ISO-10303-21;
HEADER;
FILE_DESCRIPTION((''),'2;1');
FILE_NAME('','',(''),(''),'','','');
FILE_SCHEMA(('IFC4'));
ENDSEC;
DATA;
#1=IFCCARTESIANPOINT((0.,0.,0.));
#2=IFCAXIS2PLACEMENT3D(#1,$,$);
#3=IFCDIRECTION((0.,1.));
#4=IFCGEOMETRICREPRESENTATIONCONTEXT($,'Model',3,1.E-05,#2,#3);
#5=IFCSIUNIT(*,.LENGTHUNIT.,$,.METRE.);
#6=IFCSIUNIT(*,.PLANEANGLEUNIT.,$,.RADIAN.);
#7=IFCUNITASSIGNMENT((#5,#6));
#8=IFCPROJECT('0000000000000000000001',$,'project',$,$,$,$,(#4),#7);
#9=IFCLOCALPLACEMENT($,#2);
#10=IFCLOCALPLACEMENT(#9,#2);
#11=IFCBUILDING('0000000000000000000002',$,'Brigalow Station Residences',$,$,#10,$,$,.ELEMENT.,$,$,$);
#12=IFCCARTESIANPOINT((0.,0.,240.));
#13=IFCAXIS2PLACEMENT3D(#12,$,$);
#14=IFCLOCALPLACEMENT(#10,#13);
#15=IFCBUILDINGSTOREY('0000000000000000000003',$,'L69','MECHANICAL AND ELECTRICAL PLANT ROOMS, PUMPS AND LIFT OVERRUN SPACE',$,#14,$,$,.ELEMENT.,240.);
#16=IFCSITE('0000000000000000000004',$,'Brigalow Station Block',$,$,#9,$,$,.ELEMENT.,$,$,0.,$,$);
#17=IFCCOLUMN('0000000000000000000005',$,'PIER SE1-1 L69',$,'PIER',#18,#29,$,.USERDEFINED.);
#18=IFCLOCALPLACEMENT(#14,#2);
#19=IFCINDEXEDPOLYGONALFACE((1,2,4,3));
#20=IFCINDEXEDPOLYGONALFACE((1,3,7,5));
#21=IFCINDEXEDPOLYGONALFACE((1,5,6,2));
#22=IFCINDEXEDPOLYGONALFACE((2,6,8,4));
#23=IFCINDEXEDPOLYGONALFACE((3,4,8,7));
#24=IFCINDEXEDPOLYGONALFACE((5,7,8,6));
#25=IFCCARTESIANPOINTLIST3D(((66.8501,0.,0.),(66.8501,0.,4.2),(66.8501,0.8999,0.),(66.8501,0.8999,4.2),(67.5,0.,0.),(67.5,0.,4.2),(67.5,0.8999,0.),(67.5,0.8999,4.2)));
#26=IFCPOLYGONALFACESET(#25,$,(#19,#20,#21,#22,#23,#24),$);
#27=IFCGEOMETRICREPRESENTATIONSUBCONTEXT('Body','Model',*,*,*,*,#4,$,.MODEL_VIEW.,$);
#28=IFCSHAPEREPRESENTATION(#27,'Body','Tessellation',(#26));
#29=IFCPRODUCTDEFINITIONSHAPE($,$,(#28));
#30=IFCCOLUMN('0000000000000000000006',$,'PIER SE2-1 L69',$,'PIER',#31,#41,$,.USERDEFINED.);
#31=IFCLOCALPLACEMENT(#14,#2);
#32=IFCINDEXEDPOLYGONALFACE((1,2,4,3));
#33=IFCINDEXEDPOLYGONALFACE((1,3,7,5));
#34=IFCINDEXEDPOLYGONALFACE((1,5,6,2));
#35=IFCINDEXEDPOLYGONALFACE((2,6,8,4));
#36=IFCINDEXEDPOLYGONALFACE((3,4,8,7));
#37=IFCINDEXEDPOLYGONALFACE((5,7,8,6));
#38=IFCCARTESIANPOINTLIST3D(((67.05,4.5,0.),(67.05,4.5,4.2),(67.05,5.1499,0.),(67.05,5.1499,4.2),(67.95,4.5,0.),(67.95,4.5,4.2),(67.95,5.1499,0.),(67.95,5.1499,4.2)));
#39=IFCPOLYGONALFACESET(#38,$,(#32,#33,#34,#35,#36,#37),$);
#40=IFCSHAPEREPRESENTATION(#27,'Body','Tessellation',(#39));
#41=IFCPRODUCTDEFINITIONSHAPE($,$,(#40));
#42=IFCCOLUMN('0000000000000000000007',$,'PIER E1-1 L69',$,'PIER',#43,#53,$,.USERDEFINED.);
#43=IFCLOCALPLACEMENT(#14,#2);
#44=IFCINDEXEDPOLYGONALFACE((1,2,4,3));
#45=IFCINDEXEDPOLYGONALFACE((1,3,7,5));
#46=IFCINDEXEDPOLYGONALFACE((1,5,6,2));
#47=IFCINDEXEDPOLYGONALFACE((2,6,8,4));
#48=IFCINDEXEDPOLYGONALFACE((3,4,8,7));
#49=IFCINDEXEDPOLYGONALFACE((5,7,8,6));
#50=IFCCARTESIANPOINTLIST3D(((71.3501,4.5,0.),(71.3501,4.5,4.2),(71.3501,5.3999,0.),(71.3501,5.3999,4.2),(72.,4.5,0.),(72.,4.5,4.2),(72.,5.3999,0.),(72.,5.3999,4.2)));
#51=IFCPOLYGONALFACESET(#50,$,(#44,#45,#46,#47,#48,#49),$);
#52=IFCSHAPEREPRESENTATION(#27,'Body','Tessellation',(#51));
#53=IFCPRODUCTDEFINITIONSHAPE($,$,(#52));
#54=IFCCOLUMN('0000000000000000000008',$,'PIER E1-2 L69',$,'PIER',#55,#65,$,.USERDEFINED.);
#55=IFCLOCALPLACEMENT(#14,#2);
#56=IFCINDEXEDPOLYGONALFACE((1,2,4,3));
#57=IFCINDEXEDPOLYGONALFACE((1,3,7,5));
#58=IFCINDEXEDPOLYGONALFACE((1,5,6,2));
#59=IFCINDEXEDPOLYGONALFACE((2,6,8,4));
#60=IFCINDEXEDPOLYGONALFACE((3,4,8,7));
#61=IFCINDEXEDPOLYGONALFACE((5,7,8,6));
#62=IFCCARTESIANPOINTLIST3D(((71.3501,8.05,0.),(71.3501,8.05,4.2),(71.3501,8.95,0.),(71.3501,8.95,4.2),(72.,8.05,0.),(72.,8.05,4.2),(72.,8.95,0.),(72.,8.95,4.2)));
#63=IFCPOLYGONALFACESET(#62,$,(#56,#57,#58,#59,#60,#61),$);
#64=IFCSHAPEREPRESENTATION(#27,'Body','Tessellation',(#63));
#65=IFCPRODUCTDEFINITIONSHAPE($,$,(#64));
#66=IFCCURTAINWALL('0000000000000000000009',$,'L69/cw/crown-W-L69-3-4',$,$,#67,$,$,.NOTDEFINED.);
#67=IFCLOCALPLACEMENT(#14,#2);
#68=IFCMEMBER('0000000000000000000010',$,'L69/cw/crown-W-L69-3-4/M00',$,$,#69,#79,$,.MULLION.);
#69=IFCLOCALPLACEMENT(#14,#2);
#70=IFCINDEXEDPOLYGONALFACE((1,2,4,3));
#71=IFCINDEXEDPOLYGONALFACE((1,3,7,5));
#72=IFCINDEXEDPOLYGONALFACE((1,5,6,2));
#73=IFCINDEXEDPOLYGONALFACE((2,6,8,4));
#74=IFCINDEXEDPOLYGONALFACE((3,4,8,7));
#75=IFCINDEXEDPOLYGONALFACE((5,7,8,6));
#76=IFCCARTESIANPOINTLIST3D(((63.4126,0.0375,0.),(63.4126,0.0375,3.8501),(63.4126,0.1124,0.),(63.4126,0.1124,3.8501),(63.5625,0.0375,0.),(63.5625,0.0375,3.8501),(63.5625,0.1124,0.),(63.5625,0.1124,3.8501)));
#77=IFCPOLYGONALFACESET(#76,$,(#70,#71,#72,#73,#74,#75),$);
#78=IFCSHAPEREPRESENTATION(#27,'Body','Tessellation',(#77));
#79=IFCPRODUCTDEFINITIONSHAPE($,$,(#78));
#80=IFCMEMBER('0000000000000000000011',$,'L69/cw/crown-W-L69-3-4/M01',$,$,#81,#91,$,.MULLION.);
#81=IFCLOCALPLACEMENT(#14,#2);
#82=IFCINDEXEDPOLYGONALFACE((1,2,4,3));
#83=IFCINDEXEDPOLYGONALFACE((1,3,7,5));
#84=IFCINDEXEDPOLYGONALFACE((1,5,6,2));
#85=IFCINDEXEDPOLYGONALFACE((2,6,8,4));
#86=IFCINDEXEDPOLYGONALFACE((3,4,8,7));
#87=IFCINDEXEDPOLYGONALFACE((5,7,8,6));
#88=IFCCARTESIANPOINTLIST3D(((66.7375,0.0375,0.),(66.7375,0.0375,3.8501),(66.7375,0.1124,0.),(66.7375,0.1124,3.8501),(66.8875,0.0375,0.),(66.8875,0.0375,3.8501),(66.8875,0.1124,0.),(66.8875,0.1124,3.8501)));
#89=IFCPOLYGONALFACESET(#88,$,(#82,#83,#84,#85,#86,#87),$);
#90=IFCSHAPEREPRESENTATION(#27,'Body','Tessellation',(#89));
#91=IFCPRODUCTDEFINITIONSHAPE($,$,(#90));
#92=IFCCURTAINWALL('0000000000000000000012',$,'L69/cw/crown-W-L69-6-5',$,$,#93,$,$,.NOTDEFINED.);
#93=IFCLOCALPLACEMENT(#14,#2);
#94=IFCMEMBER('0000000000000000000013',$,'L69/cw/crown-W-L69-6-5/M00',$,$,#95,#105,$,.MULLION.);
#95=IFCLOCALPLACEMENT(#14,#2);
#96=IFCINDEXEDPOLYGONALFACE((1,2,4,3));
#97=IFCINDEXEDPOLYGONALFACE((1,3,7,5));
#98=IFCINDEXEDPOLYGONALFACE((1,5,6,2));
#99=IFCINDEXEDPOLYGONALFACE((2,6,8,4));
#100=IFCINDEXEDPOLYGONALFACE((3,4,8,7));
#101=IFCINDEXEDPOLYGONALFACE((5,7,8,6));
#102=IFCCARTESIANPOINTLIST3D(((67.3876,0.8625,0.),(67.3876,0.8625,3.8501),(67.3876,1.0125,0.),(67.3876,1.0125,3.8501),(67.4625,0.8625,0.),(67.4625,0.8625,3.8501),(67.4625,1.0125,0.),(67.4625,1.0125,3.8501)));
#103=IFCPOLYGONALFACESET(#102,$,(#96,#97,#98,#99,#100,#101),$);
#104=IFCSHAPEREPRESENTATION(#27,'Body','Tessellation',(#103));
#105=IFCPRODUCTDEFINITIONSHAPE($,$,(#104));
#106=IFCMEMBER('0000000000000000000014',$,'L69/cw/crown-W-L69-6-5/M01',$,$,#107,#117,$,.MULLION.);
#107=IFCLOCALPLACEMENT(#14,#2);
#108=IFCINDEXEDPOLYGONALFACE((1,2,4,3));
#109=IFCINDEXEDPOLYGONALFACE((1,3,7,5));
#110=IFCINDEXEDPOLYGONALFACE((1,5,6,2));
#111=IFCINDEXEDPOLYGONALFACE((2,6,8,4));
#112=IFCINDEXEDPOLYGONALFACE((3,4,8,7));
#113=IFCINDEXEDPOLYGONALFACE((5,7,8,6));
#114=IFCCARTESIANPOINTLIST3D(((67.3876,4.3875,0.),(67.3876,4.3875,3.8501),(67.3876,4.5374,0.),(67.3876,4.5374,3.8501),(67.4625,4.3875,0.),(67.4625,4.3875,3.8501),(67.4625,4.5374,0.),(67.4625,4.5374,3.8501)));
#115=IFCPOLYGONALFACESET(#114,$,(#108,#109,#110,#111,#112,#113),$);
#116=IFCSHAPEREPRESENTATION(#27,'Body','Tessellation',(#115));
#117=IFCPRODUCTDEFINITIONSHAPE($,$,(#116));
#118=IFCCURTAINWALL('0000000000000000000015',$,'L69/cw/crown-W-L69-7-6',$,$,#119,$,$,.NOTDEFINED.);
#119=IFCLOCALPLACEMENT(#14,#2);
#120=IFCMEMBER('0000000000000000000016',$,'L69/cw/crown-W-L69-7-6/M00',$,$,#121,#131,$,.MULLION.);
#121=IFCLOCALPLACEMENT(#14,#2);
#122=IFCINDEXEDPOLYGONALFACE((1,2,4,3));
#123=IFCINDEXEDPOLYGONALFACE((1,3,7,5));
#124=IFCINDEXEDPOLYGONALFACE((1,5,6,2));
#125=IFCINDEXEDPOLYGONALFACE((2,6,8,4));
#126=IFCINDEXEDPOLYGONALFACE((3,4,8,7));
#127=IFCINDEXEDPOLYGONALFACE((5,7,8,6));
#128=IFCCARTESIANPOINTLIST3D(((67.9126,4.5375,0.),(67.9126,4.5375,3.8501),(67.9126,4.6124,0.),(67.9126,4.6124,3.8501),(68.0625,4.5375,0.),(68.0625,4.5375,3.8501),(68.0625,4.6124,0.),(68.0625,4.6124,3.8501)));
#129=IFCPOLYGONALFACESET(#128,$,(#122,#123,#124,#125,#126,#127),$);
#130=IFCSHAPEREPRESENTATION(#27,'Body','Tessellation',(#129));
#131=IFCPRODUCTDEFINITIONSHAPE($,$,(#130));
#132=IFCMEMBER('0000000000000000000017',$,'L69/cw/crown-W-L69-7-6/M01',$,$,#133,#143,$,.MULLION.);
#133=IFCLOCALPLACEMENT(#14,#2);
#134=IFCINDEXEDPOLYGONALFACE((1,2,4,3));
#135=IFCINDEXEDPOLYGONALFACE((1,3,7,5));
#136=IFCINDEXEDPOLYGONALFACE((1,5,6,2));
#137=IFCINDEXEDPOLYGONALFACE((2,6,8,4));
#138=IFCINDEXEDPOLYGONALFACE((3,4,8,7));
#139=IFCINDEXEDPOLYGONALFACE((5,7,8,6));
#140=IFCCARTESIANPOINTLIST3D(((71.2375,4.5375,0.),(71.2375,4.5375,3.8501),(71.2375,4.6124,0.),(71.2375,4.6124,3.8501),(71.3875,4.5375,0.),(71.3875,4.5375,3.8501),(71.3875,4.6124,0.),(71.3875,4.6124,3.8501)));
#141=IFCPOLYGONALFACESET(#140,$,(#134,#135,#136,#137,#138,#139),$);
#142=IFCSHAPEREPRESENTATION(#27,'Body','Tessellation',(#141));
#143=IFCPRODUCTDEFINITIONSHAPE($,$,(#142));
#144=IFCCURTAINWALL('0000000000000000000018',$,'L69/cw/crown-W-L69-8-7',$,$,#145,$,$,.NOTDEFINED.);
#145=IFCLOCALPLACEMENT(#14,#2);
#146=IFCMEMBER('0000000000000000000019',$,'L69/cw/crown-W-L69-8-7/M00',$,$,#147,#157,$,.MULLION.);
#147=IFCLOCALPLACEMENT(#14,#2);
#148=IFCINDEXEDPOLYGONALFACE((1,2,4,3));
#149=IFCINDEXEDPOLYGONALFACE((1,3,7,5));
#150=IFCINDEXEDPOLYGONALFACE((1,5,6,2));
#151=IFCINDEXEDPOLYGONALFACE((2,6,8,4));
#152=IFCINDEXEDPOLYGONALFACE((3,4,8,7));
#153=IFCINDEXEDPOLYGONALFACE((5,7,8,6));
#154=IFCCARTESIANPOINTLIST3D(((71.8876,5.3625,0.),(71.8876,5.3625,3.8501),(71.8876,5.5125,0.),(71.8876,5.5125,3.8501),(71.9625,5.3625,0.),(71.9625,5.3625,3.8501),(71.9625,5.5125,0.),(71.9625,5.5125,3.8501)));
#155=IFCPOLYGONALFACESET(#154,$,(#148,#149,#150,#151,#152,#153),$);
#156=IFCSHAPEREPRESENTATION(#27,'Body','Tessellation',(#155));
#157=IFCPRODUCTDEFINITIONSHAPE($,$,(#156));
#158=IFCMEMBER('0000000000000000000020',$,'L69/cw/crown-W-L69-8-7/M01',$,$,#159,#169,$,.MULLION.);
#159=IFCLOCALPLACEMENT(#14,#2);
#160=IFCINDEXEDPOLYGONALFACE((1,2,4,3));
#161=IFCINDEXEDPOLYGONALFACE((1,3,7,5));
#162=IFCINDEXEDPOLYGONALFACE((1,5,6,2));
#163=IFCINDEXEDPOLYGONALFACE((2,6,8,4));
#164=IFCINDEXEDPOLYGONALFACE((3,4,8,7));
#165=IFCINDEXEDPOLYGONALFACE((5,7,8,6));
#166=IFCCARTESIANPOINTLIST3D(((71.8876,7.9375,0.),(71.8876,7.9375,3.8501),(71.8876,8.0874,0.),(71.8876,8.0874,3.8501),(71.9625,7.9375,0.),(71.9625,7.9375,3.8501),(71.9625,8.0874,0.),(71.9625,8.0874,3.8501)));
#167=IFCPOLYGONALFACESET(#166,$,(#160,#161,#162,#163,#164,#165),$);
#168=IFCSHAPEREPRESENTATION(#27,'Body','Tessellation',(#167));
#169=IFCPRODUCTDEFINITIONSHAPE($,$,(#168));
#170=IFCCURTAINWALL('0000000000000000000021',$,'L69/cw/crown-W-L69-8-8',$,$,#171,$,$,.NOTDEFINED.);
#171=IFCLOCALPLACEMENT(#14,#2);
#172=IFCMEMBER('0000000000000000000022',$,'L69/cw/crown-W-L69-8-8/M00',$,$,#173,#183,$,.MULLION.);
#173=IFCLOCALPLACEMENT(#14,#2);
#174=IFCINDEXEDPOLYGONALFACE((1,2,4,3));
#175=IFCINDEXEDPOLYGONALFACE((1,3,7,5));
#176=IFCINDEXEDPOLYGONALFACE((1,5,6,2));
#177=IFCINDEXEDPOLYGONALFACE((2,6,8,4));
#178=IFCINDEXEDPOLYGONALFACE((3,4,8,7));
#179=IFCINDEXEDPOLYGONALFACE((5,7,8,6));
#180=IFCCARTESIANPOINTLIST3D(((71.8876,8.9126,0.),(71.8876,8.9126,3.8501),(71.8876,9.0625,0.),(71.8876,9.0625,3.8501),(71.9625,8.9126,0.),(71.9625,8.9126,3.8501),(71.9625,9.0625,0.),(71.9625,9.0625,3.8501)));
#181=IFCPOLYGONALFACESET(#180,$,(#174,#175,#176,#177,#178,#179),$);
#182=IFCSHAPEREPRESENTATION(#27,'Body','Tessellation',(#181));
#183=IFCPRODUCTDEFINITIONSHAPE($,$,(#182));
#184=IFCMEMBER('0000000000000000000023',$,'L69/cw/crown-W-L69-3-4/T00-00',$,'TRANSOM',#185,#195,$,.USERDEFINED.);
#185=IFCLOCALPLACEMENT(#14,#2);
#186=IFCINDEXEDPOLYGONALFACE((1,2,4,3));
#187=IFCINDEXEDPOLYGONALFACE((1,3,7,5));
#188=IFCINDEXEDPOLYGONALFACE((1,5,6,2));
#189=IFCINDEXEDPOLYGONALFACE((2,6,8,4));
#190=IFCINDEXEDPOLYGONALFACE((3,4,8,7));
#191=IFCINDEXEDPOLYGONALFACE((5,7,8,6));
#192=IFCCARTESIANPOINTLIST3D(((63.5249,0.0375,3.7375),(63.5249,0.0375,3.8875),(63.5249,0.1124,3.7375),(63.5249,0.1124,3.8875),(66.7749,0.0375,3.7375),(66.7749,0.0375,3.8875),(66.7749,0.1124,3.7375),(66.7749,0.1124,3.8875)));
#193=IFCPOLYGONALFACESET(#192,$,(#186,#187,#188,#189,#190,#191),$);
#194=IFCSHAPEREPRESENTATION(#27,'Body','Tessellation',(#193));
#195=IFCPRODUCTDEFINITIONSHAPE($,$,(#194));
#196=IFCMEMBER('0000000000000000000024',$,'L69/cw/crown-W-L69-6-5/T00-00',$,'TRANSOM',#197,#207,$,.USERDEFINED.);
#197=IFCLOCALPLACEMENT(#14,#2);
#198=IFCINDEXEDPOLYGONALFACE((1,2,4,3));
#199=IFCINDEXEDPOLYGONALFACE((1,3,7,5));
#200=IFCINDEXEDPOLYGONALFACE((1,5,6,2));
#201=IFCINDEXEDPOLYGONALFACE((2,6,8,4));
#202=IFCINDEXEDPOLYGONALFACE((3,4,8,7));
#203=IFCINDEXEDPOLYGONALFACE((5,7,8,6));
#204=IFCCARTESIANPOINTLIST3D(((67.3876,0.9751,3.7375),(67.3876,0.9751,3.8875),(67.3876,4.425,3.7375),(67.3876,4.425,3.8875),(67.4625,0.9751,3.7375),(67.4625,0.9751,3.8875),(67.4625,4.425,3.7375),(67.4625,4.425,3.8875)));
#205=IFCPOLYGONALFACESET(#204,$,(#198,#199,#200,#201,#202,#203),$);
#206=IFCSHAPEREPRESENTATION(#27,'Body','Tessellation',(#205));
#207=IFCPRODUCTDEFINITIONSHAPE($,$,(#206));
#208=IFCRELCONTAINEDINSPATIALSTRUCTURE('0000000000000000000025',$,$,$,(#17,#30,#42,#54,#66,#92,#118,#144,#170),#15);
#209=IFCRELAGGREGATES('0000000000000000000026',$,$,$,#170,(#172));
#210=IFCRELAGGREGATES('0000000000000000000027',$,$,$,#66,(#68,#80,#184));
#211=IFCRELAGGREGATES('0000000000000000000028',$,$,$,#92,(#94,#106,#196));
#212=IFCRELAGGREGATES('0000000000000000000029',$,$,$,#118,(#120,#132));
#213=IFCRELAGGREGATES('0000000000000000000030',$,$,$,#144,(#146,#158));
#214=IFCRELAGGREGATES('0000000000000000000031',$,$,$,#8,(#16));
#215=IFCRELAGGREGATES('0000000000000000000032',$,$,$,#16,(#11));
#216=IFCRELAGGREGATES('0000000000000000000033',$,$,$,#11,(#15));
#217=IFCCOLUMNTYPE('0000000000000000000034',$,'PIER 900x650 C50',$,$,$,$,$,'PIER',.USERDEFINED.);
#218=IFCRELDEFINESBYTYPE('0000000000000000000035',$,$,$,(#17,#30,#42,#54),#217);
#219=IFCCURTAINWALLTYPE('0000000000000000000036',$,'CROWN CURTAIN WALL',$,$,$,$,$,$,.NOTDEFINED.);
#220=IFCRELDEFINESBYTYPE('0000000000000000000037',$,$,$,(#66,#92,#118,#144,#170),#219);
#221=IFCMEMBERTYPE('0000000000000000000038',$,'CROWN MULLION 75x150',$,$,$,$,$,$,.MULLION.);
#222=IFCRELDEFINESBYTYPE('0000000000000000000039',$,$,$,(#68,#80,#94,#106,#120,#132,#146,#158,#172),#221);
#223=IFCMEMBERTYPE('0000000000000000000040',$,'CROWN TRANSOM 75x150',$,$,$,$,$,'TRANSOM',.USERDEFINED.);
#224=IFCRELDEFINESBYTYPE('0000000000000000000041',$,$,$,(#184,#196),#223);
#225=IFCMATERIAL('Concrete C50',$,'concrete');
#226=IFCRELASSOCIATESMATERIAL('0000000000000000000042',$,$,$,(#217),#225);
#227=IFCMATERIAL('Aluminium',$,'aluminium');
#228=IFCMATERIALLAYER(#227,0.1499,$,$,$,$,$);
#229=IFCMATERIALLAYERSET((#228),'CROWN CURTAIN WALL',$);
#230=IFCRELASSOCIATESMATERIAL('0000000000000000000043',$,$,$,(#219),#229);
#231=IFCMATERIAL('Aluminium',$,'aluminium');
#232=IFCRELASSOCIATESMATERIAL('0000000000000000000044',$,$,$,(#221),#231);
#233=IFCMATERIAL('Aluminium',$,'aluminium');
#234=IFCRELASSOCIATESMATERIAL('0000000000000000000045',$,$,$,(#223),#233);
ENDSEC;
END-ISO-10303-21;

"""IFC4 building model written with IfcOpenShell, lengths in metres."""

from ifc_helpers import new_model, si_unit, direction, frame, origin, origin_2d, place, context, subcontext, project, spatial, rectangle, extrude, material, layer, layer_set, material_profile, profile_set, type_object, element, aggregate, save


model = new_model("IFC4")

# Units and contexts
model_context = context("Model", 3, precision=1e-05, world=origin(), true_north=direction((0.0, 1.0)))
body_context = subcontext(model_context, "Body", "Model", "MODEL_VIEW")
ifc_project = project(units=[si_unit("LENGTHUNIT", "METRE"), si_unit("PLANEANGLEUNIT", "RADIAN")], contexts=[model_context])

# Site, building, storey
site_placement = place(None, origin())
site = spatial("IfcSite", under=ifc_project, at=site_placement, Name="Brigalow Station Block", CompositionType="ELEMENT", RefElevation=0.0)
building_placement = place(site_placement, origin())
building = spatial("IfcBuilding", under=site, at=building_placement, Name="Brigalow Station Residences", CompositionType="ELEMENT")
storey_placement = place(building_placement, frame((0.0, 0.0, 240.0)))
storey = spatial("IfcBuildingStorey", under=building, at=storey_placement, Name="L69", Description="MECHANICAL AND ELECTRICAL PLANT ROOMS, PUMPS AND LIFT OVERRUN SPACE", CompositionType="ELEMENT", Elevation=240.0)

# Columns
ifc_material_1 = material(Name="Concrete C50", Category="concrete")
ifc_material_profile_1 = material_profile(ifc_material_1, rectangle(XDim=0.8999, YDim=0.6499, at=origin_2d()), Name="RC900x650")
ifc_profile_set_1 = profile_set([ifc_material_profile_1], Name="Concrete C50")
column_type = type_object("IfcColumnType", Name="PIER 900x650 C50", ElementType="PIER", PredefinedType="USERDEFINED", material=ifc_profile_set_1)
for number, where, z_axis, x_axis, name in (
    (1, (67.175, 0.45, 0.0), (0.0, 0.0, 1.0), (0.0, 1.0, 0.0), "PIER SE1-1 L69"),
    (2, (67.5, 4.825, 0.0), (0.0, 0.0, 1.0), (1.0, 0.0, 0.0), "PIER SE2-1 L69"),
    (3, (71.675, 4.95, 0.0), (0.0, 0.0, 1.0), (0.0, 1.0, 0.0), "PIER E1-1 L69"),
    (4, (71.675, 8.5, 0.0), (0.0, 0.0, 1.0), (0.0, 1.0, 0.0), "PIER E1-2 L69"),
):
    element("IfcColumn", number, at=place(storey_placement, frame(where, z_axis=z_axis, x_axis=x_axis)), inside=storey, type_object=column_type, Name=name, ObjectType="PIER", PredefinedType="USERDEFINED", context=body_context, shape_type="SweptSolid", body=[
        extrude(rectangle(XDim=0.8999, YDim=0.6499, at=origin_2d()), origin(), (0.0, 0.0, 1.0), 4.2),
    ])

# Curtain walls, members
ifc_material_2 = material(Name="Aluminium", Category="aluminium")
ifc_layer_1 = layer(ifc_material_2, 0.1499)
ifc_layer_set_1 = layer_set([ifc_layer_1], Name="CROWN CURTAIN WALL")
curtain_wall_type = type_object("IfcCurtainWallType", Name="CROWN CURTAIN WALL", PredefinedType="NOTDEFINED", material=ifc_layer_set_1)
curtain_wall_1_placement = place(storey_placement, origin())
curtain_wall_1 = element("IfcCurtainWall", 5, at=curtain_wall_1_placement, inside=storey, type_object=curtain_wall_type, Name="L69/cw/crown-W-L69-3-4", PredefinedType="NOTDEFINED")
ifc_material_3 = material(Name="Aluminium", Category="aluminium")
ifc_material_profile_2 = material_profile(ifc_material_3, rectangle(XDim=0.075, YDim=0.1499, at=origin_2d()), Name="CROWN MULLION 75x150")
ifc_profile_set_2 = profile_set([ifc_material_profile_2], Name="Aluminium")
member_type_1 = type_object("IfcMemberType", Name="CROWN MULLION 75x150", PredefinedType="MULLION", material=ifc_profile_set_2)
member_1_placement = place(storey_placement, frame((63.4875, 0.075, 0.0), z_axis=(0.0, 0.0, 1.0), x_axis=(0.0, 1.0, 0.0)))
member_1 = element("IfcMember", 6, at=member_1_placement, type_object=member_type_1, Name="L69/cw/crown-W-L69-3-4/M00", PredefinedType="MULLION", context=body_context, shape_type="SweptSolid", body=[
    extrude(rectangle(XDim=0.075, YDim=0.1499, at=origin_2d()), origin(), (0.0, 0.0, 1.0), 3.8501),
])
member_2_placement = place(storey_placement, frame((66.8125, 0.075, 0.0), z_axis=(0.0, 0.0, 1.0), x_axis=(0.0, 1.0, 0.0)))
member_2 = element("IfcMember", 7, at=member_2_placement, type_object=member_type_1, Name="L69/cw/crown-W-L69-3-4/M01", PredefinedType="MULLION", context=body_context, shape_type="SweptSolid", body=[
    extrude(rectangle(XDim=0.075, YDim=0.1499, at=origin_2d()), origin(), (0.0, 0.0, 1.0), 3.8501),
])
curtain_wall_2_placement = place(storey_placement, origin())
curtain_wall_2 = element("IfcCurtainWall", 8, at=curtain_wall_2_placement, inside=storey, type_object=curtain_wall_type, Name="L69/cw/crown-W-L69-6-5", PredefinedType="NOTDEFINED")
member_3_placement = place(storey_placement, frame((67.425, 0.9375, 0.0), z_axis=(0.0, 0.0, 1.0), x_axis=(-1.0, 0.0, 0.0)))
member_3 = element("IfcMember", 9, at=member_3_placement, type_object=member_type_1, Name="L69/cw/crown-W-L69-6-5/M00", PredefinedType="MULLION", context=body_context, shape_type="SweptSolid", body=[
    extrude(rectangle(XDim=0.075, YDim=0.1499, at=origin_2d()), origin(), (0.0, 0.0, 1.0), 3.8501),
])
member_4_placement = place(storey_placement, frame((67.425, 4.4624, 0.0), z_axis=(0.0, 0.0, 1.0), x_axis=(-1.0, 0.0, 0.0)))
member_4 = element("IfcMember", 10, at=member_4_placement, type_object=member_type_1, Name="L69/cw/crown-W-L69-6-5/M01", PredefinedType="MULLION", context=body_context, shape_type="SweptSolid", body=[
    extrude(rectangle(XDim=0.075, YDim=0.1499, at=origin_2d()), origin(), (0.0, 0.0, 1.0), 3.8501),
])
curtain_wall_3_placement = place(storey_placement, origin())
curtain_wall_3 = element("IfcCurtainWall", 11, at=curtain_wall_3_placement, inside=storey, type_object=curtain_wall_type, Name="L69/cw/crown-W-L69-7-6", PredefinedType="NOTDEFINED")
member_5_placement = place(storey_placement, frame((67.9875, 4.575, 0.0), z_axis=(0.0, 0.0, 1.0), x_axis=(0.0, 1.0, 0.0)))
member_5 = element("IfcMember", 12, at=member_5_placement, type_object=member_type_1, Name="L69/cw/crown-W-L69-7-6/M00", PredefinedType="MULLION", context=body_context, shape_type="SweptSolid", body=[
    extrude(rectangle(XDim=0.075, YDim=0.1499, at=origin_2d()), origin(), (0.0, 0.0, 1.0), 3.8501),
])
member_6_placement = place(storey_placement, frame((71.3125, 4.575, 0.0), z_axis=(0.0, 0.0, 1.0), x_axis=(0.0, 1.0, 0.0)))
member_6 = element("IfcMember", 13, at=member_6_placement, type_object=member_type_1, Name="L69/cw/crown-W-L69-7-6/M01", PredefinedType="MULLION", context=body_context, shape_type="SweptSolid", body=[
    extrude(rectangle(XDim=0.075, YDim=0.1499, at=origin_2d()), origin(), (0.0, 0.0, 1.0), 3.8501),
])
curtain_wall_4_placement = place(storey_placement, origin())
curtain_wall_4 = element("IfcCurtainWall", 14, at=curtain_wall_4_placement, inside=storey, type_object=curtain_wall_type, Name="L69/cw/crown-W-L69-8-7", PredefinedType="NOTDEFINED")
member_7_placement = place(storey_placement, frame((71.925, 5.4375, 0.0), z_axis=(0.0, 0.0, 1.0), x_axis=(-1.0, 0.0, 0.0)))
member_7 = element("IfcMember", 15, at=member_7_placement, type_object=member_type_1, Name="L69/cw/crown-W-L69-8-7/M00", PredefinedType="MULLION", context=body_context, shape_type="SweptSolid", body=[
    extrude(rectangle(XDim=0.075, YDim=0.1499, at=origin_2d()), origin(), (0.0, 0.0, 1.0), 3.8501),
])
member_8_placement = place(storey_placement, frame((71.925, 8.0125, 0.0), z_axis=(0.0, 0.0, 1.0), x_axis=(-1.0, 0.0, 0.0)))
member_8 = element("IfcMember", 16, at=member_8_placement, type_object=member_type_1, Name="L69/cw/crown-W-L69-8-7/M01", PredefinedType="MULLION", context=body_context, shape_type="SweptSolid", body=[
    extrude(rectangle(XDim=0.075, YDim=0.1499, at=origin_2d()), origin(), (0.0, 0.0, 1.0), 3.8501),
])

# Curtain wall, member
curtain_wall_5_placement = place(storey_placement, origin())
curtain_wall_5 = element("IfcCurtainWall", 17, at=curtain_wall_5_placement, inside=storey, type_object=curtain_wall_type, Name="L69/cw/crown-W-L69-8-8", PredefinedType="NOTDEFINED")
member_9_placement = place(storey_placement, frame((71.925, 8.9875, 0.0), z_axis=(0.0, 0.0, 1.0), x_axis=(-1.0, 0.0, 0.0)))
member_9 = element("IfcMember", 18, at=member_9_placement, type_object=member_type_1, Name="L69/cw/crown-W-L69-8-8/M00", PredefinedType="MULLION", context=body_context, shape_type="SweptSolid", body=[
    extrude(rectangle(XDim=0.075, YDim=0.1499, at=origin_2d()), origin(), (0.0, 0.0, 1.0), 3.8501),
])

# Members
ifc_material_4 = material(Name="Aluminium", Category="aluminium")
ifc_material_profile_3 = material_profile(ifc_material_4, rectangle(XDim=0.075, YDim=0.1499, at=origin_2d()), Name="CROWN TRANSOM 75x150")
ifc_profile_set_3 = profile_set([ifc_material_profile_3], Name="Aluminium")
member_type_2 = type_object("IfcMemberType", Name="CROWN TRANSOM 75x150", ElementType="TRANSOM", PredefinedType="USERDEFINED", material=ifc_profile_set_3)
member_10_placement = place(storey_placement, frame((63.5249, 0.075, 3.8125), z_axis=(1.0, 0.0, 0.0), x_axis=(0.0, 1.0, 0.0)))
member_10 = element("IfcMember", 19, at=member_10_placement, type_object=member_type_2, Name="L69/cw/crown-W-L69-3-4/T00-00", ObjectType="TRANSOM", PredefinedType="USERDEFINED", context=body_context, shape_type="SweptSolid", body=[
    extrude(rectangle(XDim=0.075, YDim=0.1499, at=origin_2d()), origin(), (0.0, 0.0, 1.0), 3.25),
])
member_11_placement = place(storey_placement, frame((67.425, 0.9751, 3.8125), z_axis=(0.0, 1.0, 0.0), x_axis=(-1.0, 0.0, 0.0)))
member_11 = element("IfcMember", 20, at=member_11_placement, type_object=member_type_2, Name="L69/cw/crown-W-L69-6-5/T00-00", ObjectType="TRANSOM", PredefinedType="USERDEFINED", context=body_context, shape_type="SweptSolid", body=[
    extrude(rectangle(XDim=0.075, YDim=0.1499, at=origin_2d()), origin(), (0.0, 0.0, 1.0), 3.45),
])
aggregate(curtain_wall_5, [member_9])

aggregate(curtain_wall_1, [member_1, member_2, member_10])
aggregate(curtain_wall_2, [member_3, member_4, member_11])
aggregate(curtain_wall_3, [member_5, member_6])
aggregate(curtain_wall_4, [member_7, member_8])

save(model, "model.ifc")
